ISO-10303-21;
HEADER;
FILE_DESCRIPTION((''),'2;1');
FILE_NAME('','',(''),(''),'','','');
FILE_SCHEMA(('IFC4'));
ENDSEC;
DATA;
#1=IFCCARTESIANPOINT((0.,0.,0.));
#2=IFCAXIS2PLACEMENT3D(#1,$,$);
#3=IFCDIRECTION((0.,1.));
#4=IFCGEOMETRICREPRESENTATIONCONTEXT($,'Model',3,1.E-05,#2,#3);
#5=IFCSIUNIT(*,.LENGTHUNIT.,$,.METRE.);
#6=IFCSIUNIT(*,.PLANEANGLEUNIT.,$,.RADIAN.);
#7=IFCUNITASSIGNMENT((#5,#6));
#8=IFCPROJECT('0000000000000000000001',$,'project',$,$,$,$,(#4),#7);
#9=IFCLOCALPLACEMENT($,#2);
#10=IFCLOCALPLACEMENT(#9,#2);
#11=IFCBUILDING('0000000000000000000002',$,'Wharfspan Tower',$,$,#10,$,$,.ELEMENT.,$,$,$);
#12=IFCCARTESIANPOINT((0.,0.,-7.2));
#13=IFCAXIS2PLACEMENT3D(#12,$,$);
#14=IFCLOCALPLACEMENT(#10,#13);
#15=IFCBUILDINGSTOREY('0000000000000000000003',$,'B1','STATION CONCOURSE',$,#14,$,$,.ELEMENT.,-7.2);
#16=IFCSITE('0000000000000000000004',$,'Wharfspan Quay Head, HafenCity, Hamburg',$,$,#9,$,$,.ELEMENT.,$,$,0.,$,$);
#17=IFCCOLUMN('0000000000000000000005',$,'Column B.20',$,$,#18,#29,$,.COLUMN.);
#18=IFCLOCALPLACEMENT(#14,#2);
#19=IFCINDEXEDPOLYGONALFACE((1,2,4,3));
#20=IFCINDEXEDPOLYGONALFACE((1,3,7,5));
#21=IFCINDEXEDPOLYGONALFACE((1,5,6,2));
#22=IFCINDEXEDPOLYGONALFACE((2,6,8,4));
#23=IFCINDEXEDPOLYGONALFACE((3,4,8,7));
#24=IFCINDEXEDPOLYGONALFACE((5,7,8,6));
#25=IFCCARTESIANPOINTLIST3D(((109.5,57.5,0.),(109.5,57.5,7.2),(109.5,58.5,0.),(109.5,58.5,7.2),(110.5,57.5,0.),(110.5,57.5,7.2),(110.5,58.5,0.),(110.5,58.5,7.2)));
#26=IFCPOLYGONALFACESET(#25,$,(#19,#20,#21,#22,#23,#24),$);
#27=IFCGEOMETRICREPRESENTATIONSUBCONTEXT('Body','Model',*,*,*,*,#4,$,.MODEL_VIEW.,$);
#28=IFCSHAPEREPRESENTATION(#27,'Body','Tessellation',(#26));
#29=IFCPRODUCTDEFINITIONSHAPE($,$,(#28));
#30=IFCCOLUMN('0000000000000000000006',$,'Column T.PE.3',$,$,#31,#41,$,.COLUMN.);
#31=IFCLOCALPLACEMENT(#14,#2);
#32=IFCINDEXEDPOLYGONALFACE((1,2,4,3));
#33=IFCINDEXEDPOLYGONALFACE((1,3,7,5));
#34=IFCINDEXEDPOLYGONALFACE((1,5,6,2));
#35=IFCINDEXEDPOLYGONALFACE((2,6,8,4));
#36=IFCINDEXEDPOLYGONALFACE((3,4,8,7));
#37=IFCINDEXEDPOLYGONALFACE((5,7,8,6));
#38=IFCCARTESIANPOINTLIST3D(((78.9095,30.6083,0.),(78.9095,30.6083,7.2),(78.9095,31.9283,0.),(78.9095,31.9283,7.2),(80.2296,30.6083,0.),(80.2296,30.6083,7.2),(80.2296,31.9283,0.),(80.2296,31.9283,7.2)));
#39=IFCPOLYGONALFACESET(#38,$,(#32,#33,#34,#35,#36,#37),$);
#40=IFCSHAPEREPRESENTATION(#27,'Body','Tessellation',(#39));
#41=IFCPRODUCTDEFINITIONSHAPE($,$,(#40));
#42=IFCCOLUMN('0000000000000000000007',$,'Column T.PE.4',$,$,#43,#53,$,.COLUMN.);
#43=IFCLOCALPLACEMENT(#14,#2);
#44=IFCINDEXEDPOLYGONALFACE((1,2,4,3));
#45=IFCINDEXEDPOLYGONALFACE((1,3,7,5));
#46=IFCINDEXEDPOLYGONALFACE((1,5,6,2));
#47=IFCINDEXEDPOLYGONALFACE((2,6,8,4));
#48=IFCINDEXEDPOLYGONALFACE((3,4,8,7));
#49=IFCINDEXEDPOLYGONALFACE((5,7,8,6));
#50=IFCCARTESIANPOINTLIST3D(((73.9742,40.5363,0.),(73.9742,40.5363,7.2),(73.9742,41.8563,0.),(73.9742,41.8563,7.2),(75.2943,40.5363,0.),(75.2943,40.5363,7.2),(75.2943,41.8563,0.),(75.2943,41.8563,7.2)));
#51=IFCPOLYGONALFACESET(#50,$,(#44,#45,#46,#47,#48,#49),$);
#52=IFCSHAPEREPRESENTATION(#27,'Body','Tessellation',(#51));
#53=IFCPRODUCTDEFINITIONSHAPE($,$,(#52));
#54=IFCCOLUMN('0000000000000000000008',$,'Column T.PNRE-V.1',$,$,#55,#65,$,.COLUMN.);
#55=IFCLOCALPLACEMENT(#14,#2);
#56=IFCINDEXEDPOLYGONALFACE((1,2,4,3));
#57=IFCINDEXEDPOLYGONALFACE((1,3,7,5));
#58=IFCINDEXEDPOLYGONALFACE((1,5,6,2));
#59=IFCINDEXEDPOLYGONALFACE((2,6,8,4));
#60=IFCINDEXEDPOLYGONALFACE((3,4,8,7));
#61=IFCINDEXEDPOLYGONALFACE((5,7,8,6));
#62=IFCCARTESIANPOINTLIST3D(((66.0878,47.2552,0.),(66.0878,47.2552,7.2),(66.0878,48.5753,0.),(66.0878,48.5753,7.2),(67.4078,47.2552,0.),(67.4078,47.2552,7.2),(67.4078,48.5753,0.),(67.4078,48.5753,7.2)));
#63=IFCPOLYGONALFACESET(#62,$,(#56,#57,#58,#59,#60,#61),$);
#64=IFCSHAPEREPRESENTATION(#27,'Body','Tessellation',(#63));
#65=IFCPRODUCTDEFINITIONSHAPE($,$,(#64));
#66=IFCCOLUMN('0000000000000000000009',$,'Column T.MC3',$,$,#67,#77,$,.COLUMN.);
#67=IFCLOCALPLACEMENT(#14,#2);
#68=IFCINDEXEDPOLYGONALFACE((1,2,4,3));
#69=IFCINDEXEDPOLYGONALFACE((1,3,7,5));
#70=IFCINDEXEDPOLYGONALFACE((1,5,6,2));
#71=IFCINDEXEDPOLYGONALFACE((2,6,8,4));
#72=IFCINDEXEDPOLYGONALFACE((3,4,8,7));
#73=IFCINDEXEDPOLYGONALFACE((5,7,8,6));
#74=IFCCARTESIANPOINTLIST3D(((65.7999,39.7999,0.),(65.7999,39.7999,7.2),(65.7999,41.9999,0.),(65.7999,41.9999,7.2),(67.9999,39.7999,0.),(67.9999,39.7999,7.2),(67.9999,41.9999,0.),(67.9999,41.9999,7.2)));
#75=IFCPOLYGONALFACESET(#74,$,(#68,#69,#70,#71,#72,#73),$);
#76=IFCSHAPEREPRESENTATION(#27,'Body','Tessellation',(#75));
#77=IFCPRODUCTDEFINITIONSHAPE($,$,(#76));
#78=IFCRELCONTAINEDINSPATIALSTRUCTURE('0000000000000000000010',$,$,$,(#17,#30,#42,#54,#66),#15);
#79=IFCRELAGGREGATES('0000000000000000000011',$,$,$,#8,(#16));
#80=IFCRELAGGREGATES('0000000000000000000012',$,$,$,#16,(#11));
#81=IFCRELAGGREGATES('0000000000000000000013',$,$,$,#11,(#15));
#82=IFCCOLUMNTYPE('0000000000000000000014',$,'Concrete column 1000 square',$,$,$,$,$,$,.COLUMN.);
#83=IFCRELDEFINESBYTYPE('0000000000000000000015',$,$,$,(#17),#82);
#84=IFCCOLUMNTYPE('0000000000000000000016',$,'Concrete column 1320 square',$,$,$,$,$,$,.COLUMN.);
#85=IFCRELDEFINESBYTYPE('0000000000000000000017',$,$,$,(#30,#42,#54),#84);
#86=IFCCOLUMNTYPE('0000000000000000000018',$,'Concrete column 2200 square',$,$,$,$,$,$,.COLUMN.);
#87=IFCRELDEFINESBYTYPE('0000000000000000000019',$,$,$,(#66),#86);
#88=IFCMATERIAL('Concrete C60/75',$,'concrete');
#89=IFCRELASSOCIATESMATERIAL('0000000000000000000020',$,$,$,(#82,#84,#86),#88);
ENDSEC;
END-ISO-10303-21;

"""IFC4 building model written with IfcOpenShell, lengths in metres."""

from ifc_helpers import new_model, si_unit, direction, frame, origin, origin_2d, place, context, subcontext, project, spatial, rectangle, extrude, material, material_profile, profile_set, type_object, element, save


model = new_model("IFC4")

# Units and contexts
model_context = context("Model", 3, precision=1e-05, world=origin(), true_north=direction((0.0, 1.0)))
body_context = subcontext(model_context, "Body", "Model", "MODEL_VIEW")
ifc_project = project(units=[si_unit("LENGTHUNIT", "METRE"), si_unit("PLANEANGLEUNIT", "RADIAN")], contexts=[model_context])

# Site, building, storey
site_placement = place(None, origin())
site = spatial("IfcSite", under=ifc_project, at=site_placement, Name="Wharfspan Quay Head, HafenCity, Hamburg", CompositionType="ELEMENT", RefElevation=0.0)
building_placement = place(site_placement, origin())
building = spatial("IfcBuilding", under=site, at=building_placement, Name="Wharfspan Tower", CompositionType="ELEMENT")
storey_placement = place(building_placement, frame((0.0, 0.0, -7.2)))
storey = spatial("IfcBuildingStorey", under=building, at=storey_placement, Name="B1", Description="STATION CONCOURSE", CompositionType="ELEMENT", Elevation=-7.2)

# Columns
ifc_material_1 = material(Name="Concrete C60/75", Category="concrete")
ifc_material_profile_1 = material_profile(ifc_material_1, rectangle(XDim=1.0, YDim=1.0, at=origin_2d()))
ifc_profile_set_1 = profile_set([ifc_material_profile_1], Name="Concrete C60/75")
column_type_1 = type_object("IfcColumnType", Name="Concrete column 1000 square", PredefinedType="COLUMN", material=ifc_profile_set_1)
for number, where, z_axis, x_axis, name in (
    (1, (110.0, 58.0, 0.0), (0.0, 0.0, 1.0), (1.0, 0.0, 0.0), "Column B.20"),
):
    element("IfcColumn", number, at=place(storey_placement, frame(where, z_axis=z_axis, x_axis=x_axis)), inside=storey, type_object=column_type_1, Name=name, PredefinedType="COLUMN", context=body_context, shape_type="SweptSolid", body=[
        extrude(rectangle(XDim=1.0, YDim=1.0, at=origin_2d()), origin(), (0.0, 0.0, 1.0), 7.2),
    ])
ifc_material_profile_2 = material_profile(ifc_material_1, rectangle(XDim=1.3201, YDim=1.3201, at=origin_2d()))
ifc_profile_set_2 = profile_set([ifc_material_profile_2], Name="Concrete C60/75")
column_type_2 = type_object("IfcColumnType", Name="Concrete column 1320 square", PredefinedType="COLUMN", material=ifc_profile_set_2)
for number, where, z_axis, x_axis, name in (
    (2, (79.5696, 31.2683, 0.0), (0.0, 0.0, 1.0), (1.0, 0.0, 0.0), "Column T.PE.3"),
    (3, (74.6343, 41.1963, 0.0), (0.0, 0.0, 1.0), (1.0, 0.0, 0.0), "Column T.PE.4"),
    (4, (66.7478, 47.9153, 0.0), (0.0, 0.0, 1.0), (1.0, 0.0, 0.0), "Column T.PNRE-V.1"),
):
    element("IfcColumn", number, at=place(storey_placement, frame(where, z_axis=z_axis, x_axis=x_axis)), inside=storey, type_object=column_type_2, Name=name, PredefinedType="COLUMN", context=body_context, shape_type="SweptSolid", body=[
        extrude(rectangle(XDim=1.3201, YDim=1.3201, at=origin_2d()), origin(), (0.0, 0.0, 1.0), 7.2),
    ])
ifc_material_profile_3 = material_profile(ifc_material_1, rectangle(XDim=2.2, YDim=2.2, at=origin_2d()))
ifc_profile_set_3 = profile_set([ifc_material_profile_3], Name="Concrete C60/75")
column_type_3 = type_object("IfcColumnType", Name="Concrete column 2200 square", PredefinedType="COLUMN", material=ifc_profile_set_3)
column_placement = place(storey_placement, frame((66.8999, 40.8999, 0.0), z_axis=(0.0, 0.0, 1.0), x_axis=(1.0, 0.0, 0.0)))
element("IfcColumn", 5, at=column_placement, inside=storey, type_object=column_type_3, Name="Column T.MC3", PredefinedType="COLUMN", context=body_context, shape_type="SweptSolid", body=[
    extrude(rectangle(XDim=2.2, YDim=2.2, at=origin_2d()), origin(), (0.0, 0.0, 1.0), 7.2),
])

save(model, "model.ifc")
